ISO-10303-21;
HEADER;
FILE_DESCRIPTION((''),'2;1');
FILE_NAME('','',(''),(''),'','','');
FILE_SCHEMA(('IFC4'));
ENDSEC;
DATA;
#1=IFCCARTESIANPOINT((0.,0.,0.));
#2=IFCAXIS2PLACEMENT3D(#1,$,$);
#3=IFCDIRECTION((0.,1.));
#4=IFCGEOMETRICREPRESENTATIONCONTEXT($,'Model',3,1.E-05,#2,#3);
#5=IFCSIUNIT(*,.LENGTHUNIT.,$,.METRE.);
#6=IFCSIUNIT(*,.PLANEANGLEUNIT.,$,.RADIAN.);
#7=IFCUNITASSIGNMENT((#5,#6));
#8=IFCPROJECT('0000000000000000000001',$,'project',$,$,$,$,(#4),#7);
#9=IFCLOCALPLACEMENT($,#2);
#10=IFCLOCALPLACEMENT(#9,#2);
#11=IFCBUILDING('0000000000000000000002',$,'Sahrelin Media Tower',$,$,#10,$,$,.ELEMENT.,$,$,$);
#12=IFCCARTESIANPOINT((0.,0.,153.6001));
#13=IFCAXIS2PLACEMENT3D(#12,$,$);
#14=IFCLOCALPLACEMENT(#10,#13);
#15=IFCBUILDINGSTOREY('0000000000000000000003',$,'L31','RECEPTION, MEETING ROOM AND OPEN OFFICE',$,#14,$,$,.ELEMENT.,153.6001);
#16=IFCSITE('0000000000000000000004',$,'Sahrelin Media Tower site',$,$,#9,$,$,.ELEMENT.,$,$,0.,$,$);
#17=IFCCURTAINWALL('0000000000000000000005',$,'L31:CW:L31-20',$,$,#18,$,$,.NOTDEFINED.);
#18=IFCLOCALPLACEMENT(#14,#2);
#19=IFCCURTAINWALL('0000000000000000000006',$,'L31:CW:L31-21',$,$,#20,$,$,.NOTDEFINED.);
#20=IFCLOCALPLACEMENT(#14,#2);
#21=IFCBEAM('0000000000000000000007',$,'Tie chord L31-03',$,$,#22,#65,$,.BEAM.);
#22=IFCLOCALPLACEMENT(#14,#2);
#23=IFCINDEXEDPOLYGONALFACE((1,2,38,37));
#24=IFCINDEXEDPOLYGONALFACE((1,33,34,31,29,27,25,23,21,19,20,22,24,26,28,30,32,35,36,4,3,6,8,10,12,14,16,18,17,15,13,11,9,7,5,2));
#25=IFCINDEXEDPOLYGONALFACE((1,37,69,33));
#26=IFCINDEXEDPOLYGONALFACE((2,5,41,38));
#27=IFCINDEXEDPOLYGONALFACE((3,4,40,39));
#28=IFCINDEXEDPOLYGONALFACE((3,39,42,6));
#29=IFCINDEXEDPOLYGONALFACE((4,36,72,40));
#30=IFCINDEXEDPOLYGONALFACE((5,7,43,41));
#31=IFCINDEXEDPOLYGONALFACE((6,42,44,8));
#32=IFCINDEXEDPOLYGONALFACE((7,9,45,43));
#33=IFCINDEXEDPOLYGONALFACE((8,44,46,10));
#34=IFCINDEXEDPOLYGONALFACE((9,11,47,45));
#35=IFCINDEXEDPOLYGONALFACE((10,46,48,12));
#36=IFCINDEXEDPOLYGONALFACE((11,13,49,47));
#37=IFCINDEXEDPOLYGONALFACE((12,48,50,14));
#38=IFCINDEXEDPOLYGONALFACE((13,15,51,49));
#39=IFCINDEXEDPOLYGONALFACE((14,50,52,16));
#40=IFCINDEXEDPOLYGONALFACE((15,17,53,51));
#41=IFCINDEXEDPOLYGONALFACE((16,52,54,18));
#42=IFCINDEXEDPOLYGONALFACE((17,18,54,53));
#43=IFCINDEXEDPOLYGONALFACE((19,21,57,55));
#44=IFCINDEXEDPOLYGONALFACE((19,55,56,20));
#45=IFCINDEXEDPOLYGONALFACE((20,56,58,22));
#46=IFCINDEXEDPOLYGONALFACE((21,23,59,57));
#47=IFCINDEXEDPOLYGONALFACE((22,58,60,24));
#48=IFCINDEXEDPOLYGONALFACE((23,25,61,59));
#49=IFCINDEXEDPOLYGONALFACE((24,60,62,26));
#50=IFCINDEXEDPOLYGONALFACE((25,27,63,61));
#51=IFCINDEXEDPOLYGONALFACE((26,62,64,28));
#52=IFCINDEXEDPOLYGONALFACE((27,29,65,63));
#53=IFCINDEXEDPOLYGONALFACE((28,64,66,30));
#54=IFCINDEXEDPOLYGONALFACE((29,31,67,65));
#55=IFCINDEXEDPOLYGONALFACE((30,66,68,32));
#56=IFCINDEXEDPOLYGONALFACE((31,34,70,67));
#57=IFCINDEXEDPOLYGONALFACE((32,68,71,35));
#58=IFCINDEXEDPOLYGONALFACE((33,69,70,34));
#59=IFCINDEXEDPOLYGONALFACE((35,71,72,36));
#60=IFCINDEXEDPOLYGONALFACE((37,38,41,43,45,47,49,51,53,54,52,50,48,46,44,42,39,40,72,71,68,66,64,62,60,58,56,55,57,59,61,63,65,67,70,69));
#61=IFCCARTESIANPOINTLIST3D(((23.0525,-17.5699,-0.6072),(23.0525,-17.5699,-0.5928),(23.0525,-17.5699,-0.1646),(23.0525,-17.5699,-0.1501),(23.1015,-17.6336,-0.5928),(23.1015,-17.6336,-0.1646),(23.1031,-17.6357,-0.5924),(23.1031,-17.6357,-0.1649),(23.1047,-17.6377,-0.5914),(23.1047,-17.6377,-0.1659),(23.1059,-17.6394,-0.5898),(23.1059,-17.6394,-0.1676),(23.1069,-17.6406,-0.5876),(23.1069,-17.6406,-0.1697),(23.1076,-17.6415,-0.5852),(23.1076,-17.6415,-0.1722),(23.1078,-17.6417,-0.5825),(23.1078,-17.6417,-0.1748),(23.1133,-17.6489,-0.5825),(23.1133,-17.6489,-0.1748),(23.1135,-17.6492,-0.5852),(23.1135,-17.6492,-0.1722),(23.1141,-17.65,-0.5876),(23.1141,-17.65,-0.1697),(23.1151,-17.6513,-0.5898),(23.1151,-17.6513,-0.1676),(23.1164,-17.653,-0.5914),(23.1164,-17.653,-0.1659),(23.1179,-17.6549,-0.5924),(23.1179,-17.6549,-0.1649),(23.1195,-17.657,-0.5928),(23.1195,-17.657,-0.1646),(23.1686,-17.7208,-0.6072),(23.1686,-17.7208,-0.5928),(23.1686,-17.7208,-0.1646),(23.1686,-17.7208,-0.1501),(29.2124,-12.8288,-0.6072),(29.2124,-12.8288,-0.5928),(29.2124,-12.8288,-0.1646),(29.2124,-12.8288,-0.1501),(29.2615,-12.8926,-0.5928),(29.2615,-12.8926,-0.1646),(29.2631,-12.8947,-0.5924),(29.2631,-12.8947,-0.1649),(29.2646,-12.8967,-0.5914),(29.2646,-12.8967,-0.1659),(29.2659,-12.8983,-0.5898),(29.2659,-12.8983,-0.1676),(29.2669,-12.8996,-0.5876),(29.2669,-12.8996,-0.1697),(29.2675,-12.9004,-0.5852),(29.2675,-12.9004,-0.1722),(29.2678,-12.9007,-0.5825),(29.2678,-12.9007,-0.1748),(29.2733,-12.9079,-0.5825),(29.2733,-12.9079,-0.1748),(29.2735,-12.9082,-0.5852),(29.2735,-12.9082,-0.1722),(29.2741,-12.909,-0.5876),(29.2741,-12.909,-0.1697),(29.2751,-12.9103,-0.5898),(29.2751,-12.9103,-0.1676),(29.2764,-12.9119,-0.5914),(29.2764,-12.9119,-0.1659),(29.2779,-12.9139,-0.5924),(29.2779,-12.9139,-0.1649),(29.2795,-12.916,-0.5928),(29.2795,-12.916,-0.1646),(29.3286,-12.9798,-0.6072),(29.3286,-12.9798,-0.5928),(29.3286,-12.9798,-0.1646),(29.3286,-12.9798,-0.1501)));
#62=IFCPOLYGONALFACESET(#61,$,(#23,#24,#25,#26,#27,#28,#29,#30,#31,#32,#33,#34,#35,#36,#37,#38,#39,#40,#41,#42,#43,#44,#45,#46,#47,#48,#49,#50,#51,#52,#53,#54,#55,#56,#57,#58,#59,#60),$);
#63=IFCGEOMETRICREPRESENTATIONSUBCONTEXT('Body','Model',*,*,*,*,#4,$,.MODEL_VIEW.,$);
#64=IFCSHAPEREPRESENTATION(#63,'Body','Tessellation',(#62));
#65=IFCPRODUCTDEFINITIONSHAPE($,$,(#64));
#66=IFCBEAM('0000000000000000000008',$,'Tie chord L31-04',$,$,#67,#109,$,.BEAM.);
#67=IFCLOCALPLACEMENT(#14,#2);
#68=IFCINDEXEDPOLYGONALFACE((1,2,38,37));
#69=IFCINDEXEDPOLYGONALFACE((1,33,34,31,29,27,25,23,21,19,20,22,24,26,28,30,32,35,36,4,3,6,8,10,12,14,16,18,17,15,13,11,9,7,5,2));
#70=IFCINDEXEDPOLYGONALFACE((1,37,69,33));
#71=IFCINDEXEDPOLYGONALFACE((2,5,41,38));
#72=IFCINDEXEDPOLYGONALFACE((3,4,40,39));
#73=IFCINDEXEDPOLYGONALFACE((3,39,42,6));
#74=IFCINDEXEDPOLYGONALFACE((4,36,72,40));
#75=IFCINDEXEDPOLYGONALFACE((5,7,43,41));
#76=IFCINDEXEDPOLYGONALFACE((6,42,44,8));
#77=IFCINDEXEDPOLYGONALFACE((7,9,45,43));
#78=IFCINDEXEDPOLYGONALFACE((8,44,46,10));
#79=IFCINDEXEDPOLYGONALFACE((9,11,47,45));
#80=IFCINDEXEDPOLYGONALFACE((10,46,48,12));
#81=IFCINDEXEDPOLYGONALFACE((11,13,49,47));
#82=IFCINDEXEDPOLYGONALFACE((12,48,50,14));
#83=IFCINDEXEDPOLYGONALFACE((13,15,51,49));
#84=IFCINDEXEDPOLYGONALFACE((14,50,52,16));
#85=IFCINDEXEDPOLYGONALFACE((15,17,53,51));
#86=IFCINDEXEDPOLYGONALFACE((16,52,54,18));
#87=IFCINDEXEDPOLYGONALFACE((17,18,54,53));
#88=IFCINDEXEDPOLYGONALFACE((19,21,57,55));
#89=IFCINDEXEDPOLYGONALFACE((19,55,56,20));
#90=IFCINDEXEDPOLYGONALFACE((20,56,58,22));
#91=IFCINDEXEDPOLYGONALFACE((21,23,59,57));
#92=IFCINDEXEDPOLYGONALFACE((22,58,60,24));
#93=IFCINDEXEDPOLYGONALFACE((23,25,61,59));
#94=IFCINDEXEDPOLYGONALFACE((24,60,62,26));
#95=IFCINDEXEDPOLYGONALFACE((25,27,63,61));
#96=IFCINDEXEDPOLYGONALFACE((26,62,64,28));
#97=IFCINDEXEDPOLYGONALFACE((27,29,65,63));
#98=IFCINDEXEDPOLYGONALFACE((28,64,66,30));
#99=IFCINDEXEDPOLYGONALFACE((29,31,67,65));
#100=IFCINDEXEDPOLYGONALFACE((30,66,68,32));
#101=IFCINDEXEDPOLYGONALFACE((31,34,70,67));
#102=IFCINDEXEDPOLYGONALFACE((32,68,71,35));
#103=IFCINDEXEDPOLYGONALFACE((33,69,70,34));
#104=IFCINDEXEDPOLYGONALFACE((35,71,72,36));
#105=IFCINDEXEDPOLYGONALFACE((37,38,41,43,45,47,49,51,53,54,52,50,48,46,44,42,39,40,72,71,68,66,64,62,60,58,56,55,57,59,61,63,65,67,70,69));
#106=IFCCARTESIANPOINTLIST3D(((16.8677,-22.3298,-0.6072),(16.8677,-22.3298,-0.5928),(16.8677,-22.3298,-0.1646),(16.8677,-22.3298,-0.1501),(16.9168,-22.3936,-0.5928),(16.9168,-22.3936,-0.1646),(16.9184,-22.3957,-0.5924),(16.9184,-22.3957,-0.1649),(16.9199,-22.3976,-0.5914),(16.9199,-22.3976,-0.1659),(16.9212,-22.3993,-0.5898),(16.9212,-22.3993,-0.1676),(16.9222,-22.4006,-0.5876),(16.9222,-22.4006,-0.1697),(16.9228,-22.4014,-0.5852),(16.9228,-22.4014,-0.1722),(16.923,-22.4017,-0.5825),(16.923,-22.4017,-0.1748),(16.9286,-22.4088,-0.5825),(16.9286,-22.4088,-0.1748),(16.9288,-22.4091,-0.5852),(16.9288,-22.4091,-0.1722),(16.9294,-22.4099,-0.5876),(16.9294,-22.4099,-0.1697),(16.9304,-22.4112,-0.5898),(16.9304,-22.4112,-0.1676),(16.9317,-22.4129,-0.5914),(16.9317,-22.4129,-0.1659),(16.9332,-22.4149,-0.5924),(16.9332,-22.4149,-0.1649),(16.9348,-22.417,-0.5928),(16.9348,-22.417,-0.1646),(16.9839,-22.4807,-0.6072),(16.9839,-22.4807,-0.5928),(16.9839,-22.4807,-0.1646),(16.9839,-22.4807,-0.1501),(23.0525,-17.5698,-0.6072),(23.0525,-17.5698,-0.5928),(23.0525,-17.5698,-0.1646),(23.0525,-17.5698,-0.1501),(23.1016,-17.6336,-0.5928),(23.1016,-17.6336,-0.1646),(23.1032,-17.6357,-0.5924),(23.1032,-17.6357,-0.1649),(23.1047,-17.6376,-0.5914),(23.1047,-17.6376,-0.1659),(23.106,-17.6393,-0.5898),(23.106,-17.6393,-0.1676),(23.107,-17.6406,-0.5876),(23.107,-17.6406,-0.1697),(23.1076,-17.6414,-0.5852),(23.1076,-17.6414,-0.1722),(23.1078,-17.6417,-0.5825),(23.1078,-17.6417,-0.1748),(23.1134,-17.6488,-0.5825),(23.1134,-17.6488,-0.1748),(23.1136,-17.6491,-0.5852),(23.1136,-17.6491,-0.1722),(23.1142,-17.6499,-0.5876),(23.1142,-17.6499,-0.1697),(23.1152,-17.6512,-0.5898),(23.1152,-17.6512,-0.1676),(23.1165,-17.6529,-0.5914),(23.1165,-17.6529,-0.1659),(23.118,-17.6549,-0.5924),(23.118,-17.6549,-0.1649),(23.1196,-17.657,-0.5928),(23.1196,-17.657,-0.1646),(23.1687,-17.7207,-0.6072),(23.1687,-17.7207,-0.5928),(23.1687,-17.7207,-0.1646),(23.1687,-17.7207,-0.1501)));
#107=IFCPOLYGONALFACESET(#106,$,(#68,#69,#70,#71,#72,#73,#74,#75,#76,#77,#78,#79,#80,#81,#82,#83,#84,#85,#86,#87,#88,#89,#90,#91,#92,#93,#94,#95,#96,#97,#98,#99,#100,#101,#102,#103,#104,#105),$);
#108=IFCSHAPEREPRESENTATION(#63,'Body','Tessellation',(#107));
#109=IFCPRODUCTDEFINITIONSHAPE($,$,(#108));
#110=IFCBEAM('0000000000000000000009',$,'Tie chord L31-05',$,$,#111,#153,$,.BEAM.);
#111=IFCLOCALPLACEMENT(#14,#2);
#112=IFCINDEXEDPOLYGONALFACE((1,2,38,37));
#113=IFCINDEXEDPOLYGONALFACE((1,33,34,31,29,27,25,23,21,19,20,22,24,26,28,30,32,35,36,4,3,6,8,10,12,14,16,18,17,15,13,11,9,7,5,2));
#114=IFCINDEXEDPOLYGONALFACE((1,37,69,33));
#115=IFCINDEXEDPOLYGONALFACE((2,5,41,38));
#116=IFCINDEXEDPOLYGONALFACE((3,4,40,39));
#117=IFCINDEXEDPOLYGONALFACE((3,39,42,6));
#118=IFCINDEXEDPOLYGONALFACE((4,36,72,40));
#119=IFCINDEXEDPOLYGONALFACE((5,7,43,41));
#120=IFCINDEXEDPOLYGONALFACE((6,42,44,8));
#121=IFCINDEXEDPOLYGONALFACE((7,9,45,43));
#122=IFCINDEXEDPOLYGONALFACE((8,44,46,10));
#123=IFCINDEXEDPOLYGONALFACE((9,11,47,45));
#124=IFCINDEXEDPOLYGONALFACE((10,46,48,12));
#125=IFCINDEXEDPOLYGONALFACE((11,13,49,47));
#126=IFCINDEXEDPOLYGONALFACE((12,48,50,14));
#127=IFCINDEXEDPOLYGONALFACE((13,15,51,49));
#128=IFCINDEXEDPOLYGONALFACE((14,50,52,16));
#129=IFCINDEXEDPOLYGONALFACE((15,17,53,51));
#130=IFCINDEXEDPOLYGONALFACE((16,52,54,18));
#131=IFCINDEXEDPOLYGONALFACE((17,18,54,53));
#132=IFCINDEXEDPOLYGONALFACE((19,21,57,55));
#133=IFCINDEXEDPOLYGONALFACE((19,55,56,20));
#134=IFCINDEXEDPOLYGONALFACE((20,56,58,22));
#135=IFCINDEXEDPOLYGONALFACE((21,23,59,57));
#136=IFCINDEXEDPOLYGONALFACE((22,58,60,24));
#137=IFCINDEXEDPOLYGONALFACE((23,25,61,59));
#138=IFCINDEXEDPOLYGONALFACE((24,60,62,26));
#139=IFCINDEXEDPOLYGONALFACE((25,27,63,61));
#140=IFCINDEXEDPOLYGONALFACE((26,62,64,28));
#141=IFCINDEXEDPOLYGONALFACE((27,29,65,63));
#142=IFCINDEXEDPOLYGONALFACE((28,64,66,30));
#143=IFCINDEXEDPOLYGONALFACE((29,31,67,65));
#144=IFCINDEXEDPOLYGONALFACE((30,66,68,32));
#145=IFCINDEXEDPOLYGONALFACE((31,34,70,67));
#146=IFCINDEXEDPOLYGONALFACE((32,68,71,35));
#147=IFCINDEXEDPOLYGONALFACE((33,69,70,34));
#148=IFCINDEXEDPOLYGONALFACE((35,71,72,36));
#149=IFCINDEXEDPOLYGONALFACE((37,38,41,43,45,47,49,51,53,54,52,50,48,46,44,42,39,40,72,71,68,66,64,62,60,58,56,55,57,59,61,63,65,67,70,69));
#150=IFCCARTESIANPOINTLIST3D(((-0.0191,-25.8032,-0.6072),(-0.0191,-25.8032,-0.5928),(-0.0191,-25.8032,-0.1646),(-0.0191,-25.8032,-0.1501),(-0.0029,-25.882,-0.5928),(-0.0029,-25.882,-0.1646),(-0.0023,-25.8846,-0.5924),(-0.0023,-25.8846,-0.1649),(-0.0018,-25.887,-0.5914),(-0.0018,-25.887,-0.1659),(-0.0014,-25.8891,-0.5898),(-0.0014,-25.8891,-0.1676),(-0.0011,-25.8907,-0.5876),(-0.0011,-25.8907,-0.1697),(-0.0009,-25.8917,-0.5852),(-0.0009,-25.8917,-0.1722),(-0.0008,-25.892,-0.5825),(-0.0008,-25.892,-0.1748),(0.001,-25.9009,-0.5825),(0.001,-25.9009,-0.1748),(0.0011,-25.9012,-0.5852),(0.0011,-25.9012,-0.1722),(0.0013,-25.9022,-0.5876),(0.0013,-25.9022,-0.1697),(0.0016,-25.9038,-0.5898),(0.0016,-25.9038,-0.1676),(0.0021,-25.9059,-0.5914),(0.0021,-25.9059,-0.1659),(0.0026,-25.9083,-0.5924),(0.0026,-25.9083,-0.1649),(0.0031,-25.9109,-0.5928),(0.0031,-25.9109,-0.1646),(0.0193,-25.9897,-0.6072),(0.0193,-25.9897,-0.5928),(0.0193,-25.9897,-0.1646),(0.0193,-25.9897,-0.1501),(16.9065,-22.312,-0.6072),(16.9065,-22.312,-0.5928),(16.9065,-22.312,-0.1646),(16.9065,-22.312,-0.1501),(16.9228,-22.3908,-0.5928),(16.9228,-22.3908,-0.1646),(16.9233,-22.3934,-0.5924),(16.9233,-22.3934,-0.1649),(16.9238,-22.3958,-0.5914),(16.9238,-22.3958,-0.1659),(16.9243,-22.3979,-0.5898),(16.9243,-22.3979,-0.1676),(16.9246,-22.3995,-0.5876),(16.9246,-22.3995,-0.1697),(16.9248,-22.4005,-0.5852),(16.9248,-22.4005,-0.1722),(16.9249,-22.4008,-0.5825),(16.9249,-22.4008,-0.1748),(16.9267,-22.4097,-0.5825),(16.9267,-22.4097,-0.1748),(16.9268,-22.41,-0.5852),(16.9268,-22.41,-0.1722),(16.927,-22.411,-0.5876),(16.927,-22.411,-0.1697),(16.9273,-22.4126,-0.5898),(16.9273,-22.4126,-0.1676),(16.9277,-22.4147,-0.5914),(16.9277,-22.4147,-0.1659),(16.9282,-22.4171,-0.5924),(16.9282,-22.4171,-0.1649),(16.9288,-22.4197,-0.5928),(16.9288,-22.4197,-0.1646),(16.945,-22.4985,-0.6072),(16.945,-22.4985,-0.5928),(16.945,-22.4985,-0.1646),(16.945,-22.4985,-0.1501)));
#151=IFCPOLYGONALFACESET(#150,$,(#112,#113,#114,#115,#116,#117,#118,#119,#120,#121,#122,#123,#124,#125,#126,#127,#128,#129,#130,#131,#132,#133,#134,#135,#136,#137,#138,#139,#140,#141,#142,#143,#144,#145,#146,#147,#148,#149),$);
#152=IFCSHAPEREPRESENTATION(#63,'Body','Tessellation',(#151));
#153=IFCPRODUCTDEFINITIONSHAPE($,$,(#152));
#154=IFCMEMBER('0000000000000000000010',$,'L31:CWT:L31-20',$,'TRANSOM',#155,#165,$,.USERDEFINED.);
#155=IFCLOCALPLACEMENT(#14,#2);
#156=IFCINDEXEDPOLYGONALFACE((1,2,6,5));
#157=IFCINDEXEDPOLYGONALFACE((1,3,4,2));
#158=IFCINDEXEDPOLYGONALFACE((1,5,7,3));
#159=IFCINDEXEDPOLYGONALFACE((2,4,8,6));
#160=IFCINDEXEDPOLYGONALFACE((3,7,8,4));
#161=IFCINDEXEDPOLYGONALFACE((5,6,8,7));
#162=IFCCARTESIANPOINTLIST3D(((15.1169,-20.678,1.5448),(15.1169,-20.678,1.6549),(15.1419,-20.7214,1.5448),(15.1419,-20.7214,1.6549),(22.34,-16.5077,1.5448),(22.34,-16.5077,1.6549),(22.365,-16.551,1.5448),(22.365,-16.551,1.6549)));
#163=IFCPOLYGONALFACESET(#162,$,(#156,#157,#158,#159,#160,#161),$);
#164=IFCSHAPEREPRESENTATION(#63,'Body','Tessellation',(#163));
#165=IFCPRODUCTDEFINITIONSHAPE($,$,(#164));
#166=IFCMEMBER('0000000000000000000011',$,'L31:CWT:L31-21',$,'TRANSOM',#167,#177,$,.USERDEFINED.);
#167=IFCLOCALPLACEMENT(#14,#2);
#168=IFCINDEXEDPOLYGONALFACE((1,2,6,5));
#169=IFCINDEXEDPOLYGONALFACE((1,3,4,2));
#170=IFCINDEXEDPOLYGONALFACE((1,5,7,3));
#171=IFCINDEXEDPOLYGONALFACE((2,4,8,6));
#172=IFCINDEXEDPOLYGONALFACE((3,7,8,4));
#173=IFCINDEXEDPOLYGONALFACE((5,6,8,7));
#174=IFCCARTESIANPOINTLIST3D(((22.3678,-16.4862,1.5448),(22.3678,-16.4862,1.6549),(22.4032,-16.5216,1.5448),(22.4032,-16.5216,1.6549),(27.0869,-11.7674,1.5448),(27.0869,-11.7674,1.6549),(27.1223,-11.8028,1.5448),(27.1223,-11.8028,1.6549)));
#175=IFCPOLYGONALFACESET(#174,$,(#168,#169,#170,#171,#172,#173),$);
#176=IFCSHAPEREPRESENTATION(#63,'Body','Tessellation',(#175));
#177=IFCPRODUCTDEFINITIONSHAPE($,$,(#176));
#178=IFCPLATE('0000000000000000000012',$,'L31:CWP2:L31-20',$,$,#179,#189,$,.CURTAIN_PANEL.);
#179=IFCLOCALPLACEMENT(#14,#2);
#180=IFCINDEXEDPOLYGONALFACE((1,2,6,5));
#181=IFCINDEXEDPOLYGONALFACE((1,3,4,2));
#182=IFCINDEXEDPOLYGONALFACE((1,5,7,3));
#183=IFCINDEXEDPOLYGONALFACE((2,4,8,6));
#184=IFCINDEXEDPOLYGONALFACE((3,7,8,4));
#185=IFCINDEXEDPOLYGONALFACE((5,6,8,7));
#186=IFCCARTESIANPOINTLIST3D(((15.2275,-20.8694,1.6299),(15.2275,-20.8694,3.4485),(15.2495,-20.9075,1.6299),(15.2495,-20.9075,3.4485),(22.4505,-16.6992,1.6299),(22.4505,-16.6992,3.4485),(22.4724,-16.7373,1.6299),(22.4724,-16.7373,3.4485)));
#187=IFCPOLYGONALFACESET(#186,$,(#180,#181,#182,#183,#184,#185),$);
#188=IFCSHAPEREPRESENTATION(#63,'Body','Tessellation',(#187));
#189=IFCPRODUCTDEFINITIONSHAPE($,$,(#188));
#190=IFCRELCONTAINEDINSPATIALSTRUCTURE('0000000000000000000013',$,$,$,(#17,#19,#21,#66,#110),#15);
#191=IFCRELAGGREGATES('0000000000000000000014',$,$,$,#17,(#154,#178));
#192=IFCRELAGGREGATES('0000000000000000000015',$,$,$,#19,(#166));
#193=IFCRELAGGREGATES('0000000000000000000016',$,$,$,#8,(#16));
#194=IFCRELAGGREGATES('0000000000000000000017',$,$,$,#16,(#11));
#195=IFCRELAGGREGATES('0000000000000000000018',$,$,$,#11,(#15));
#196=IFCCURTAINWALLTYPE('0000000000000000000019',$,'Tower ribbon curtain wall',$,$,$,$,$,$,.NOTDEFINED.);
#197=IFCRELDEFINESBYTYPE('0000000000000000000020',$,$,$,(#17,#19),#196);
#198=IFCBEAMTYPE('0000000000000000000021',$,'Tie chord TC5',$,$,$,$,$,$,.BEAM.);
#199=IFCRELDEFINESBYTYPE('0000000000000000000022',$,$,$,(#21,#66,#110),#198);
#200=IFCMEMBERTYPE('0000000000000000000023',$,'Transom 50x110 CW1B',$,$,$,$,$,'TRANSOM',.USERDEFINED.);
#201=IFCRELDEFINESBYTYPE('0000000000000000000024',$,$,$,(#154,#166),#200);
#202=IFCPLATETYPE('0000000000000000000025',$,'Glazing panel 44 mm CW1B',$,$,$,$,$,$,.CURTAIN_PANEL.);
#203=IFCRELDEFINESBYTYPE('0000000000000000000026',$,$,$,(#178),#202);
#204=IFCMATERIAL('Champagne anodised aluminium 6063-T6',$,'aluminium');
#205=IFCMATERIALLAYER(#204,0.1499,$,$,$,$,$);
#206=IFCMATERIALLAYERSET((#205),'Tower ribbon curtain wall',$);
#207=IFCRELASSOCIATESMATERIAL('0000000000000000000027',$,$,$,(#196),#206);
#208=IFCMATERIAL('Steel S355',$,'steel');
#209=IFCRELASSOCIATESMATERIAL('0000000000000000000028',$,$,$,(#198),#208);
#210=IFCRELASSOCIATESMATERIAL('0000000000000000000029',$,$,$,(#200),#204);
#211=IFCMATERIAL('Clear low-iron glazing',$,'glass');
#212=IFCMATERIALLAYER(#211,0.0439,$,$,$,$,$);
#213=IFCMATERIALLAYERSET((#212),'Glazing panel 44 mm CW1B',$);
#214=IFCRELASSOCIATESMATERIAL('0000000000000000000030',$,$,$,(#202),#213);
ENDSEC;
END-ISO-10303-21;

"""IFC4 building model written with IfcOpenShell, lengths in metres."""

from ifc_helpers import new_model, si_unit, direction, frame, origin, origin_2d, place, context, subcontext, project, spatial, polyline, rectangle, i_section, outline, extrude, material, layer, layer_set, material_profile, profile_set, type_object, element, aggregate, save


model = new_model("IFC4")

# Units and contexts
model_context = context("Model", 3, precision=1e-05, world=origin(), true_north=direction((0.0, 1.0)))
body_context = subcontext(model_context, "Body", "Model", "MODEL_VIEW")
ifc_project = project(units=[si_unit("LENGTHUNIT", "METRE"), si_unit("PLANEANGLEUNIT", "RADIAN")], contexts=[model_context])

# Site, building, storey
site_placement = place(None, origin())
site = spatial("IfcSite", under=ifc_project, at=site_placement, Name="Sahrelin Media Tower site", CompositionType="ELEMENT", RefElevation=0.0)
building_placement = place(site_placement, origin())
building = spatial("IfcBuilding", under=site, at=building_placement, Name="Sahrelin Media Tower", CompositionType="ELEMENT")
storey_placement = place(building_placement, frame((0.0, 0.0, 153.6001)))
storey = spatial("IfcBuildingStorey", under=building, at=storey_placement, Name="L31", Description="RECEPTION, MEETING ROOM AND OPEN OFFICE", CompositionType="ELEMENT", Elevation=153.6001)

# Shared definitions
ifc_material_1 = material(Name="Steel S355", Category="steel")

# Curtain walls
ifc_material_2 = material(Name="Champagne anodised aluminium 6063-T6", Category="aluminium")
ifc_layer_1 = layer(ifc_material_2, 0.1499)
ifc_layer_set_1 = layer_set([ifc_layer_1], Name="Tower ribbon curtain wall")
curtain_wall_type = type_object("IfcCurtainWallType", Name="Tower ribbon curtain wall", PredefinedType="NOTDEFINED", material=ifc_layer_set_1)
curtain_wall_1_placement = place(storey_placement, frame((18.8511, -18.8049, 0.0), z_axis=(0.0, 0.0, 1.0), x_axis=(1.0, 0.0, 0.0)))
curtain_wall_1 = element("IfcCurtainWall", 1, at=curtain_wall_1_placement, inside=storey, type_object=curtain_wall_type, Name="L31:CW:L31-20", PredefinedType="NOTDEFINED")
curtain_wall_2_placement = place(storey_placement, frame((24.9004, -14.3, 0.0), z_axis=(0.0, 0.0, 1.0), x_axis=(1.0, 0.0, 0.0)))
curtain_wall_2 = element("IfcCurtainWall", 2, at=curtain_wall_2_placement, inside=storey, type_object=curtain_wall_type, Name="L31:CW:L31-21", PredefinedType="NOTDEFINED")

# Beams
ifc_material_profile_1 = material_profile(ifc_material_1, i_section(OverallWidth=0.1904, OverallDepth=0.457, WebThickness=0.009, FlangeThickness=0.0144, FilletRadius=0.0103, at=origin_2d()), Name="UB 457x191x74")
ifc_profile_set_1 = profile_set([ifc_material_profile_1], Name="Steel S355")
beam_type_1 = type_object("IfcBeamType", Name="Tie chord TC5", PredefinedType="BEAM", material=ifc_profile_set_1)
beam_1_placement = place(storey_placement, frame((29.2705, -12.9043, -0.3787), z_axis=(-0.792464, -0.609919, 0.0), x_axis=(0.609919, -0.792464, 0.0)))
element("IfcBeam", 3, at=beam_1_placement, inside=storey, type_object=beam_type_1, Name="Tie chord L31-03", PredefinedType="BEAM", context=body_context, shape_type="SweptSolid", body=[
    extrude(i_section(OverallWidth=0.1904, OverallDepth=0.457, WebThickness=0.009, FlangeThickness=0.0144, FilletRadius=0.0103, at=origin_2d()), origin(), (0.0, 0.0, 1.0), 7.7732),
])
beam_2_placement = place(storey_placement, frame((23.1106, -17.6453, -0.3787), z_axis=(-0.792472, -0.609909, 0.0), x_axis=(0.609909, -0.792472, 0.0)))
element("IfcBeam", 4, at=beam_2_placement, inside=storey, type_object=beam_type_1, Name="Tie chord L31-04", PredefinedType="BEAM", context=body_context, shape_type="SweptSolid", body=[
    extrude(i_section(OverallWidth=0.1904, OverallDepth=0.457, WebThickness=0.009, FlangeThickness=0.0144, FilletRadius=0.0103, at=origin_2d()), origin(), (0.0, 0.0, 1.0), 7.8044),
])
beam_3_placement = place(storey_placement, frame((16.9258, -22.4053, -0.3787), z_axis=(-0.979383, -0.202013, 0.0), x_axis=(0.202013, -0.979383, 0.0)))
element("IfcBeam", 5, at=beam_3_placement, inside=storey, type_object=beam_type_1, Name="Tie chord L31-05", PredefinedType="BEAM", context=body_context, shape_type="SweptSolid", body=[
    extrude(i_section(OverallWidth=0.1904, OverallDepth=0.457, WebThickness=0.009, FlangeThickness=0.0144, FilletRadius=0.0103, at=origin_2d()), origin(), (0.0, 0.0, 1.0), 17.282),
])

# Members
ifc_material_profile_2 = material_profile(ifc_material_2, rectangle(XDim=0.05, YDim=0.1101, at=origin_2d()), Name="Transom 50x110")
ifc_profile_set_2 = profile_set([ifc_material_profile_2], Name="Champagne anodised aluminium 6063-T6")
member_type_1 = type_object("IfcMemberType", Name="Transom 50x110 CW1B", ElementType="TRANSOM", PredefinedType="USERDEFINED", material=ifc_profile_set_2)
member_1_placement = place(storey_placement, frame((15.1294, -20.6997, 1.5999), z_axis=(0.866019, 0.500011, 0.0), x_axis=(-0.500011, 0.866019, 0.0)))
member_1 = element("IfcMember", 6, at=member_1_placement, type_object=member_type_1, Name="L31:CWT:L31-20", ObjectType="TRANSOM", PredefinedType="USERDEFINED", context=body_context, shape_type="SweptSolid", body=[
    extrude(rectangle(XDim=0.05, YDim=0.1101, at=origin_2d()), origin(), (0.0, 0.0, 1.0), 8.3406),
])
member_2_placement = place(storey_placement, frame((22.3855, -16.5039, 1.5999), z_axis=(0.707125, 0.707088, 0.0), x_axis=(-0.707088, 0.707125, 0.0)))
member_2 = element("IfcMember", 7, at=member_2_placement, type_object=member_type_1, Name="L31:CWT:L31-21", ObjectType="TRANSOM", PredefinedType="USERDEFINED", context=body_context, shape_type="SweptSolid", body=[
    extrude(rectangle(XDim=0.05, YDim=0.1101, at=origin_2d()), origin(), (0.0, 0.0, 1.0), 6.6736),
])

# Plate
ifc_material_3 = material(Name="Clear low-iron glazing", Category="glass")
ifc_layer_2 = layer(ifc_material_3, 0.0439)
ifc_layer_set_2 = layer_set([ifc_layer_2], Name="Glazing panel 44 mm CW1B")
plate_type_1 = type_object("IfcPlateType", Name="Glazing panel 44 mm CW1B", PredefinedType="CURTAIN_PANEL", material=ifc_layer_set_2)
plate_1_placement = place(storey_placement, frame((15.2495, -20.9075, 1.6299), z_axis=(0.500002, -0.866024, 0.0), x_axis=(0.866024, 0.500002, 0.0)))
plate_1 = element("IfcPlate", 8, at=plate_1_placement, type_object=plate_type_1, Name="L31:CWP2:L31-20", PredefinedType="CURTAIN_PANEL", context=body_context, shape_type="SweptSolid", body=[
    extrude(outline(polyline([(0.0, 0.0), (8.3403, 0.0), (8.3403, 1.8186), (0.0, 1.8186), (0.0, 0.0)])), origin(), (0.0, 0.0, -1.0), 0.0439),
])

aggregate(curtain_wall_1, [member_1, plate_1])
aggregate(curtain_wall_2, [member_2])

save(model, "model.ifc")
